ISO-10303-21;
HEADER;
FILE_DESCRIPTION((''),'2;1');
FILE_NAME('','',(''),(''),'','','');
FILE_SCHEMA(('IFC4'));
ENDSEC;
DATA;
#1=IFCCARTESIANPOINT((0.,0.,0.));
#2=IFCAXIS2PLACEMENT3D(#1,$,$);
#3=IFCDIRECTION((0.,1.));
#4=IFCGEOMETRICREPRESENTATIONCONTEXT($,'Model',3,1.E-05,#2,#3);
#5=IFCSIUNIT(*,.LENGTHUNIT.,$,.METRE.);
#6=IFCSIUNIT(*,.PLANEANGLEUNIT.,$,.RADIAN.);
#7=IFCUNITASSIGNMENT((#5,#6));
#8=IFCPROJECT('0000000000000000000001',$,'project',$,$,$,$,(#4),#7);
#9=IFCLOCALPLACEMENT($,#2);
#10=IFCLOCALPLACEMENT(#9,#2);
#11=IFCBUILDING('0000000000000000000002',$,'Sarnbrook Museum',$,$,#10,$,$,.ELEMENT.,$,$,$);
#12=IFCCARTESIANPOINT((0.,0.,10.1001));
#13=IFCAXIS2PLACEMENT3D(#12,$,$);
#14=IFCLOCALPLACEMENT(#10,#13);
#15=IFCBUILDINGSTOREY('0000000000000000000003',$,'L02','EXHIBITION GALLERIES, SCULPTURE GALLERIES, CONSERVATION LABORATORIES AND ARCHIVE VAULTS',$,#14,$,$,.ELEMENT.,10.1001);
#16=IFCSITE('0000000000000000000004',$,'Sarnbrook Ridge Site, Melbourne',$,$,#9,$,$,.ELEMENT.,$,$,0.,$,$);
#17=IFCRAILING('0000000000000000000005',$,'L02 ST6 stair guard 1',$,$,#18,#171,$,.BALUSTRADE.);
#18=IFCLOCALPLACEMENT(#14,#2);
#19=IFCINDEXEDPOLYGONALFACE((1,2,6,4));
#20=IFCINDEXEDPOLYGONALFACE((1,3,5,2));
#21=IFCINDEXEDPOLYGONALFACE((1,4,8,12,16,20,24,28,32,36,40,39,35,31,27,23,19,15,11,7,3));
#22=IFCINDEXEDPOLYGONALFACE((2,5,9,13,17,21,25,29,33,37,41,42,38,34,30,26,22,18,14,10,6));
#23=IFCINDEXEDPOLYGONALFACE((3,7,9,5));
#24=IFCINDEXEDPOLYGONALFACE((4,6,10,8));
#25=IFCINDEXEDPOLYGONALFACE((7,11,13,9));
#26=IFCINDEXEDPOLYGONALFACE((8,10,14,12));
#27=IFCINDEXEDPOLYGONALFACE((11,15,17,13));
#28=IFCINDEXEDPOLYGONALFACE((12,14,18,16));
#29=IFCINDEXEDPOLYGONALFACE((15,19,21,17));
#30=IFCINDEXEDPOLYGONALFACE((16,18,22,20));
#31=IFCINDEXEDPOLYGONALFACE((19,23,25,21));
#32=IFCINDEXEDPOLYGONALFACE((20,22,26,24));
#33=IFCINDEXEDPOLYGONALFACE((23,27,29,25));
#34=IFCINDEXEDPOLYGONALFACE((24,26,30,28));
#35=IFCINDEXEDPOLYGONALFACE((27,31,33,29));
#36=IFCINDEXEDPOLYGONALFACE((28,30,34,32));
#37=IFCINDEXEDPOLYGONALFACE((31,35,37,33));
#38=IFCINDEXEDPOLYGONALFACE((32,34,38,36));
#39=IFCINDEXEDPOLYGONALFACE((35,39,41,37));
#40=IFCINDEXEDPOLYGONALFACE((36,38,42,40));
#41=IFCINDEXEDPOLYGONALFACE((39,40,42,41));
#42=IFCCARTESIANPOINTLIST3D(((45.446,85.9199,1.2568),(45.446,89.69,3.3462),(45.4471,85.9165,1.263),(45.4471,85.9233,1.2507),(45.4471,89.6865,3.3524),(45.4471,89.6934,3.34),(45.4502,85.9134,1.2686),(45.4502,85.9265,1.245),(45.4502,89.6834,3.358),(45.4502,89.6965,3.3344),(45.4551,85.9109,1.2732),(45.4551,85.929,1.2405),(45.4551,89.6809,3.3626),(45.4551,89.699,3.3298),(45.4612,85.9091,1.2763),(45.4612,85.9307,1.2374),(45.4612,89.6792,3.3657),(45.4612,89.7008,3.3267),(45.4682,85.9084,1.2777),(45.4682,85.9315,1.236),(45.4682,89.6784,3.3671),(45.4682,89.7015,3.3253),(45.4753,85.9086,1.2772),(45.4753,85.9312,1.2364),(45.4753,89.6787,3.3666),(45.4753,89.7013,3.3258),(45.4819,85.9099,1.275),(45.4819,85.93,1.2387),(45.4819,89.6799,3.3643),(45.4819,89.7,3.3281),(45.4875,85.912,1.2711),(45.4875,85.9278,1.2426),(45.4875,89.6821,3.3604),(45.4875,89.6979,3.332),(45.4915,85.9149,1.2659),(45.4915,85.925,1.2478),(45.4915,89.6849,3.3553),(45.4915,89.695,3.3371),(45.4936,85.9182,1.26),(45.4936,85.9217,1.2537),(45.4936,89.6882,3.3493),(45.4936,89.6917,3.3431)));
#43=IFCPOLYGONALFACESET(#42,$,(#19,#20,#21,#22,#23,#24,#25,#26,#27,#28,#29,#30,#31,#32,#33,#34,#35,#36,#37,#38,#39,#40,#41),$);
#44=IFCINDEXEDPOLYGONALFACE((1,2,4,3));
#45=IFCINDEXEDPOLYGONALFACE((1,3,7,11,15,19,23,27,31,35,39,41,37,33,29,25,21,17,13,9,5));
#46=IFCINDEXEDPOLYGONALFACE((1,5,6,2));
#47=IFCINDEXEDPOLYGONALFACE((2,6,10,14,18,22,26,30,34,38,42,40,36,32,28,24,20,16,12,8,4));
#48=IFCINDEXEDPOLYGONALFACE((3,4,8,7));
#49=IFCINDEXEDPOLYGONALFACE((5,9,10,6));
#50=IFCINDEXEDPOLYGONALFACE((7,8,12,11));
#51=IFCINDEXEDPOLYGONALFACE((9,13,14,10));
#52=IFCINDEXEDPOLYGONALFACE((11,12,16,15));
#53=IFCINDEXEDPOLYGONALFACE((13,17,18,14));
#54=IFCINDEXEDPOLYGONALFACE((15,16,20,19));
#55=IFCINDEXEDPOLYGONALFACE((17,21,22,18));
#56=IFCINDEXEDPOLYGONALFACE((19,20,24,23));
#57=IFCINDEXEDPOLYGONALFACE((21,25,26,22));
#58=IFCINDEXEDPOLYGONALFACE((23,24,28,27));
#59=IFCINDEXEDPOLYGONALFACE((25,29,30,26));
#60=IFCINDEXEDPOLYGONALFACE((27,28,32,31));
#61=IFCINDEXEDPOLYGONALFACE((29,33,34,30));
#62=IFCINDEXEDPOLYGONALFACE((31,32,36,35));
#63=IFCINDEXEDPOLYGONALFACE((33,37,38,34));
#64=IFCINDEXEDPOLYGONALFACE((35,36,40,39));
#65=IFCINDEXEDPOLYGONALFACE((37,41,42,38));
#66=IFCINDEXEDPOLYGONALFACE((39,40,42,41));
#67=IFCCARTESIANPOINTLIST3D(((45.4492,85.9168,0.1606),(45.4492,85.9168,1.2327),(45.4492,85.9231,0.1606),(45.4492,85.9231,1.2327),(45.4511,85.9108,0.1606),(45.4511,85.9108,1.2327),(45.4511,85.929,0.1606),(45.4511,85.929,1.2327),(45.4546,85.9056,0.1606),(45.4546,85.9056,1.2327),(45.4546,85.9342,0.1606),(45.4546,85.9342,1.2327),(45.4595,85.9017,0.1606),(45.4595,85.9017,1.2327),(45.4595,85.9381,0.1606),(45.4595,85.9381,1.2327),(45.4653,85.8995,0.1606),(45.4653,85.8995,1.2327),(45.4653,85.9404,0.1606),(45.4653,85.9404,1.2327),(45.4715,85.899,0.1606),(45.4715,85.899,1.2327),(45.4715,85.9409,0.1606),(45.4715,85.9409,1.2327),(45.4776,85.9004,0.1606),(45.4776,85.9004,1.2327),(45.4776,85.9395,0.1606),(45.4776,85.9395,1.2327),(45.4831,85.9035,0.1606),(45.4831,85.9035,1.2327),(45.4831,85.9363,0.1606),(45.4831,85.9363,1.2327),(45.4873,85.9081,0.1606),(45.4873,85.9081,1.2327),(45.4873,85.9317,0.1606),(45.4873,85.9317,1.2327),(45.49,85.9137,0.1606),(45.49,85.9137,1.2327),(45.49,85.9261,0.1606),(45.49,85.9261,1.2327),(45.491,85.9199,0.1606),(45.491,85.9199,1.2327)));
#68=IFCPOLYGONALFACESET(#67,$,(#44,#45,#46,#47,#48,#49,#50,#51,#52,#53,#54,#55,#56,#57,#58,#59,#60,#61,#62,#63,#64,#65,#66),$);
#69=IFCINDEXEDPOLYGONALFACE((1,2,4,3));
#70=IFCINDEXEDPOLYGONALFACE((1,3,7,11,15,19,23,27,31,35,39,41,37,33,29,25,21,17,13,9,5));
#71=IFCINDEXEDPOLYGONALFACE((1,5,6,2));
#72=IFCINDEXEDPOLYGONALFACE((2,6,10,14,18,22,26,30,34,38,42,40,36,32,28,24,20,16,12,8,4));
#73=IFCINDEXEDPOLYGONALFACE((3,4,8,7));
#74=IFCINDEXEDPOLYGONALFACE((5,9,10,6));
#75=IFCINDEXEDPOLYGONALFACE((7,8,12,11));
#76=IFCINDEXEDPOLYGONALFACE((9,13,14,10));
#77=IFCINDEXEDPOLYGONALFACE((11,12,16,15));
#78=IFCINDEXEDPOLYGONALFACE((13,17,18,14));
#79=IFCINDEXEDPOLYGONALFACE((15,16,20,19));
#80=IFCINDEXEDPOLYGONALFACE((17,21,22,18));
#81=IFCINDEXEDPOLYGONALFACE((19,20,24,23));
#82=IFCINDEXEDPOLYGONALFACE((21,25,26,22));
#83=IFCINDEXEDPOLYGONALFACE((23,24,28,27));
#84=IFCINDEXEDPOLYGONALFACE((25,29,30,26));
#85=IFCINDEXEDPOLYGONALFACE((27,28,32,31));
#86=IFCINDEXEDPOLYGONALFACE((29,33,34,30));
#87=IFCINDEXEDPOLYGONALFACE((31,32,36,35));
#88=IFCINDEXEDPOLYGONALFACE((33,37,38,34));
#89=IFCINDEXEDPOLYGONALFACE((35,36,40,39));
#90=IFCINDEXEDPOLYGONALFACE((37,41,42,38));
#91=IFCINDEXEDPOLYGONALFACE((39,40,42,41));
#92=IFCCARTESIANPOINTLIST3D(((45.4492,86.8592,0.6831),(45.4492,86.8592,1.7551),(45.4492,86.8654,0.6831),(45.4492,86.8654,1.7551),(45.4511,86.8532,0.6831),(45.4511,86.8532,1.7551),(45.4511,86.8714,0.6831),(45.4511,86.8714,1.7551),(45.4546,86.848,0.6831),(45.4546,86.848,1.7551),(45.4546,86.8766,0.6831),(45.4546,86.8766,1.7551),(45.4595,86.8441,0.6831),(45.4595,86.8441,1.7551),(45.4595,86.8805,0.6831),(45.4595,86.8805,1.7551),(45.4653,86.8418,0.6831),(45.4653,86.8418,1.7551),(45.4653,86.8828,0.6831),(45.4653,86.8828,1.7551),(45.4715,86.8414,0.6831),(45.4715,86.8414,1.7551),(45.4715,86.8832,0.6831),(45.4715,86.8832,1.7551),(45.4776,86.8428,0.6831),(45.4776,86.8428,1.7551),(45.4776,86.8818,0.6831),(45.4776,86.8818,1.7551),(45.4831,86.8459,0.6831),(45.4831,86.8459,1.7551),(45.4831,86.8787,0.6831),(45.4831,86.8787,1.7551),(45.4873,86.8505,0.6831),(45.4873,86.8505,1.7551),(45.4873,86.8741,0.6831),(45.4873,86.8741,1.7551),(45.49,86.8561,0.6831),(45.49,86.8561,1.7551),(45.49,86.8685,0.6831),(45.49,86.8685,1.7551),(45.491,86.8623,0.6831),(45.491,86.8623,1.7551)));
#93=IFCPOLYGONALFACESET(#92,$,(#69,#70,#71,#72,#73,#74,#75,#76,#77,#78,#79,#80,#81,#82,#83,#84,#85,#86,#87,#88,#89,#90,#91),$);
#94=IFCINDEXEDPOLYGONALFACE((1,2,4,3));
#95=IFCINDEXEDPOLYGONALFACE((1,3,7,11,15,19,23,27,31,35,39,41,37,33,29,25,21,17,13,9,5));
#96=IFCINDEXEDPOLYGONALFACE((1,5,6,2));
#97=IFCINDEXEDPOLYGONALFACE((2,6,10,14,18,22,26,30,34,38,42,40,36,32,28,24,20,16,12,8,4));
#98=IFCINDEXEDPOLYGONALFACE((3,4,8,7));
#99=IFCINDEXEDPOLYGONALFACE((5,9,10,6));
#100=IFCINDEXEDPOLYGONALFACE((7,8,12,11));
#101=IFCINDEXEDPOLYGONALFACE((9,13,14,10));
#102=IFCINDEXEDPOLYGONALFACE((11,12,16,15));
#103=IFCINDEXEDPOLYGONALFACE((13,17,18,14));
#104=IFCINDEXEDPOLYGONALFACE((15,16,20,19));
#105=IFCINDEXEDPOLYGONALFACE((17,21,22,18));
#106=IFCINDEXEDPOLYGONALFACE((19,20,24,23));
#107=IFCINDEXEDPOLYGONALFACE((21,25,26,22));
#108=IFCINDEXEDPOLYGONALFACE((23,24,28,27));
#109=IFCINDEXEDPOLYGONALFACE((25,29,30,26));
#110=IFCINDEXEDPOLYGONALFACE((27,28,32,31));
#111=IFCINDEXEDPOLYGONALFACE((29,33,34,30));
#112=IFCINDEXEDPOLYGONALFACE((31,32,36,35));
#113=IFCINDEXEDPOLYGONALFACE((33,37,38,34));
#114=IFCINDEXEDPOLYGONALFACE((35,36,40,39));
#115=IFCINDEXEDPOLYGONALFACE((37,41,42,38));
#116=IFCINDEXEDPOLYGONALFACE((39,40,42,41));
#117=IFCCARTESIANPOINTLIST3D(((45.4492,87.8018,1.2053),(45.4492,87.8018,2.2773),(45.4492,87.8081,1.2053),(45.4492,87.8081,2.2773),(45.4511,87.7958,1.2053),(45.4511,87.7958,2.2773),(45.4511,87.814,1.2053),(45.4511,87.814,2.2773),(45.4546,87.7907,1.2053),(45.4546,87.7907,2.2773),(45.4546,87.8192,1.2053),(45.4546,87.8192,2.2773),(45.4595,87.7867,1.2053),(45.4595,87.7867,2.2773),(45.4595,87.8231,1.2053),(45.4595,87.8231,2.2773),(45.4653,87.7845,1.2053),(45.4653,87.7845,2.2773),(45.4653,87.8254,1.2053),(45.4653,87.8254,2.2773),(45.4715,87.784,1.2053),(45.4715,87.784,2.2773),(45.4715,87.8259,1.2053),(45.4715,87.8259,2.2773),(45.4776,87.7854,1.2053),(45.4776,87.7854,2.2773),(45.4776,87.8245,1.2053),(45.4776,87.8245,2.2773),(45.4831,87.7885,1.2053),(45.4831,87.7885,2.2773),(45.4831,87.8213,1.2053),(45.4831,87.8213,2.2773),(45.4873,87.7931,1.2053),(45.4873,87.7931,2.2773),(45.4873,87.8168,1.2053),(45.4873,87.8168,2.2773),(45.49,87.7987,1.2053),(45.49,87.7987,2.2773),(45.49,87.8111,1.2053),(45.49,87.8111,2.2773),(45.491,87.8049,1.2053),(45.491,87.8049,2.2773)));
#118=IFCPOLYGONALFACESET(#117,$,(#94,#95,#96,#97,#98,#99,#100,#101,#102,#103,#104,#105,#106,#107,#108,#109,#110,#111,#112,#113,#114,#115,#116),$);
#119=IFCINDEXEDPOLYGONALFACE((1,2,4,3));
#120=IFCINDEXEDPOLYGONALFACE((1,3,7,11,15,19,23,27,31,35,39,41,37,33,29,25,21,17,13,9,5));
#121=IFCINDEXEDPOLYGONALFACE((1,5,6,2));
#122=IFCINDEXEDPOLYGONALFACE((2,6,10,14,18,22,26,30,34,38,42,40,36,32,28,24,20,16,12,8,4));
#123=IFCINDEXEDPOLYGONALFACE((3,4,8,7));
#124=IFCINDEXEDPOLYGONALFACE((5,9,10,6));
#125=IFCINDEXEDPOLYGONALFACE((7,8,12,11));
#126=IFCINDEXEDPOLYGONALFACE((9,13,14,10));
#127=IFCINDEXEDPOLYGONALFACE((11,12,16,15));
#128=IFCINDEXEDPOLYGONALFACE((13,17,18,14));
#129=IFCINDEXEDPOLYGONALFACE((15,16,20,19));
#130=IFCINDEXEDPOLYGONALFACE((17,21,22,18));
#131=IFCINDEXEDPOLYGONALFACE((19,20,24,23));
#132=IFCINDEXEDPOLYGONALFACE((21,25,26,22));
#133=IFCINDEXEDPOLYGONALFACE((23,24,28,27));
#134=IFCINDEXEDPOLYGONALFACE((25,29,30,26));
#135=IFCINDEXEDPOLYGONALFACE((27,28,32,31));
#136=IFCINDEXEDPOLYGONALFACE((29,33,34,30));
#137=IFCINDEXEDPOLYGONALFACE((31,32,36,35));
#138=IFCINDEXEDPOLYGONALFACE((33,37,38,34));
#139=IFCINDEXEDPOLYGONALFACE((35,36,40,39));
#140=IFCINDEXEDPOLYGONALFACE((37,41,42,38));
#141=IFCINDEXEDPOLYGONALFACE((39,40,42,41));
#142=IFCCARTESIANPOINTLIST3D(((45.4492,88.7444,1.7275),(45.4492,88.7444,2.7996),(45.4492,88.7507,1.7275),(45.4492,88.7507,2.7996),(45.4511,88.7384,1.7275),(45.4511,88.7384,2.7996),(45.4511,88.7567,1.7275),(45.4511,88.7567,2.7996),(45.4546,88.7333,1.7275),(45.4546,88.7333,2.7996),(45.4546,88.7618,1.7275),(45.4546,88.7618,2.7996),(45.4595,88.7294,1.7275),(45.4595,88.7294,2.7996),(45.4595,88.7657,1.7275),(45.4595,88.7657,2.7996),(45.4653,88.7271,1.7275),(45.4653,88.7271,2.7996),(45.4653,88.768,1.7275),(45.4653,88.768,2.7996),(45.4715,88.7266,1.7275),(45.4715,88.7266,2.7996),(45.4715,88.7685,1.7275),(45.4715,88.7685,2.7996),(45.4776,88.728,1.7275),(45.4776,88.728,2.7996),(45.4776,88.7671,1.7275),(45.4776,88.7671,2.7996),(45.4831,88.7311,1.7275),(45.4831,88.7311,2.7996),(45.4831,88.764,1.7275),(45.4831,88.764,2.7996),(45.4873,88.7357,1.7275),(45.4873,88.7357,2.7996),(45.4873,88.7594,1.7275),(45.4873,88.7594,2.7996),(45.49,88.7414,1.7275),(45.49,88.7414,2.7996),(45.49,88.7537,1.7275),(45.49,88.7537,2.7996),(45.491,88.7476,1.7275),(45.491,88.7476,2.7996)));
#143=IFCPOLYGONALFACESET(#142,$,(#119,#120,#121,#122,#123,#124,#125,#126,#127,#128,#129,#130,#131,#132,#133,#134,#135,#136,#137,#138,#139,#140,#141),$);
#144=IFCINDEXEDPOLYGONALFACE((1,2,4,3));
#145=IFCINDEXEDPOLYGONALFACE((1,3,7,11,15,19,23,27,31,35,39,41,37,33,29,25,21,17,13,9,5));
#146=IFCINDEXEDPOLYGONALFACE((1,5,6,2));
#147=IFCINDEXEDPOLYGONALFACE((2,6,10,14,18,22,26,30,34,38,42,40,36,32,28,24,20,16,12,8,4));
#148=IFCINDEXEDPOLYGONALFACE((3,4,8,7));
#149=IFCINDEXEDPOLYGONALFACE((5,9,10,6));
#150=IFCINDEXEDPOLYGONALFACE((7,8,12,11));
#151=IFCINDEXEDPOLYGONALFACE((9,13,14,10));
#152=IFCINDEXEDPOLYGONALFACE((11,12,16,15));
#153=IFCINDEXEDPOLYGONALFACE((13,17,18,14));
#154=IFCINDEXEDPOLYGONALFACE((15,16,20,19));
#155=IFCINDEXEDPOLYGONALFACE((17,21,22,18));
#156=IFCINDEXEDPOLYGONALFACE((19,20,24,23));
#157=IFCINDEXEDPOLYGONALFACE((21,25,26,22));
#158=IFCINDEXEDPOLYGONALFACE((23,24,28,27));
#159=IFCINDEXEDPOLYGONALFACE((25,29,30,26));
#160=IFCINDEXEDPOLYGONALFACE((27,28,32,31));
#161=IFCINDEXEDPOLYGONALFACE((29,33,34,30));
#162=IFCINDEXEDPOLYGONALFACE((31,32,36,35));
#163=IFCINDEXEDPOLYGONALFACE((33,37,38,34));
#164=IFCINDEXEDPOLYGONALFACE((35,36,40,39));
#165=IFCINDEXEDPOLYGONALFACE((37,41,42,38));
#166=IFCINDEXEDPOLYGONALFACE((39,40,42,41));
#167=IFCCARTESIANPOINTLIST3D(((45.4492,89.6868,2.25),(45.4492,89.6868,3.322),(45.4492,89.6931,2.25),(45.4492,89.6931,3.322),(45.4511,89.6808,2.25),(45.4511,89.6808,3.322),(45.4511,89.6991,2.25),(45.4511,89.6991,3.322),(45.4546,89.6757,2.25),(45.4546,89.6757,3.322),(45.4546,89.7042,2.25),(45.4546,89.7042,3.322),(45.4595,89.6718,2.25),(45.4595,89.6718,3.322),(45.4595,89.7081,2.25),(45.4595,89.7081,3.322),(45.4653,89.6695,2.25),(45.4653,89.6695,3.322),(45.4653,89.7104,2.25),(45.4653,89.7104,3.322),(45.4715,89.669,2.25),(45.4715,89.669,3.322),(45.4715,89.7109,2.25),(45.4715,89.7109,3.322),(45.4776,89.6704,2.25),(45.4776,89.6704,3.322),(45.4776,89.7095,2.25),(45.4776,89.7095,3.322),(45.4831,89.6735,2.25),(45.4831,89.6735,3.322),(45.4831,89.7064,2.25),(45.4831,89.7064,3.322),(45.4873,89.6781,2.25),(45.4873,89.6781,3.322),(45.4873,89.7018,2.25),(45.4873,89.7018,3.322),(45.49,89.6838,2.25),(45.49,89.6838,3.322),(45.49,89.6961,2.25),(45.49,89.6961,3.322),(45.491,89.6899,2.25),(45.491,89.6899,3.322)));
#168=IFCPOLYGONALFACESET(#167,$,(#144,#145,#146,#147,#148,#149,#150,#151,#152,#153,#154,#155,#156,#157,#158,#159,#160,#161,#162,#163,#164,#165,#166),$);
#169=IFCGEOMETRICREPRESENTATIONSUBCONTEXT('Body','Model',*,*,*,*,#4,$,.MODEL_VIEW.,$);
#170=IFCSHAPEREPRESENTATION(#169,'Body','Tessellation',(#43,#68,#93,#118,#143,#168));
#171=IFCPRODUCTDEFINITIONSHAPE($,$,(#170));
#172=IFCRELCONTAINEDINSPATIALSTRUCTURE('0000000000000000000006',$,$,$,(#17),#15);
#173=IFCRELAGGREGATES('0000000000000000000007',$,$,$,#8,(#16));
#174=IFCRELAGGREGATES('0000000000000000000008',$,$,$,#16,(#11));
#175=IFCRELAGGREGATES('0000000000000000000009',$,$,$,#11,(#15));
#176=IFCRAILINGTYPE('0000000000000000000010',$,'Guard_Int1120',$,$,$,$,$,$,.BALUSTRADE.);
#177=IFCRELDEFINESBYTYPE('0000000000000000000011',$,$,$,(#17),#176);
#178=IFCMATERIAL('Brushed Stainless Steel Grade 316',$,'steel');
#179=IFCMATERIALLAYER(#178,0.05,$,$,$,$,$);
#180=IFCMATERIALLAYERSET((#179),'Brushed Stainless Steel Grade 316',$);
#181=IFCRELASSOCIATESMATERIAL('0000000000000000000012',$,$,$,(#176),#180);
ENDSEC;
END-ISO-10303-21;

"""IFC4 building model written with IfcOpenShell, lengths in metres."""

from ifc_helpers import new_model, si_unit, direction, frame, origin, origin_2d, place, context, subcontext, project, spatial, circle, extrude, material, layer, layer_set, type_object, element, save


model = new_model("IFC4")

# Units and contexts
model_context = context("Model", 3, precision=1e-05, world=origin(), true_north=direction((0.0, 1.0)))
body_context = subcontext(model_context, "Body", "Model", "MODEL_VIEW")
ifc_project = project(units=[si_unit("LENGTHUNIT", "METRE"), si_unit("PLANEANGLEUNIT", "RADIAN")], contexts=[model_context])

# Site, building, storey
site_placement = place(None, origin())
site = spatial("IfcSite", under=ifc_project, at=site_placement, Name="Sarnbrook Ridge Site, Melbourne", CompositionType="ELEMENT", RefElevation=0.0)
building_placement = place(site_placement, origin())
building = spatial("IfcBuilding", under=site, at=building_placement, Name="Sarnbrook Museum", CompositionType="ELEMENT")
storey_placement = place(building_placement, frame((0.0, 0.0, 10.1001)))
storey = spatial("IfcBuildingStorey", under=building, at=storey_placement, Name="L02", Description="EXHIBITION GALLERIES, SCULPTURE GALLERIES, CONSERVATION LABORATORIES AND ARCHIVE VAULTS", CompositionType="ELEMENT", Elevation=10.1001)

# Railing
ifc_material_1 = material(Name="Brushed Stainless Steel Grade 316", Category="steel")
ifc_layer_1 = layer(ifc_material_1, 0.05)
ifc_layer_set_1 = layer_set([ifc_layer_1], Name="Brushed Stainless Steel Grade 316")
railing_type_1 = type_object("IfcRailingType", Name="Guard_Int1120", PredefinedType="BALUSTRADE", material=ifc_layer_set_1)
railing_1_placement = place(storey_placement, frame((45.47, 85.9199, 0.1606)))
element("IfcRailing", 1, at=railing_1_placement, inside=storey, type_object=railing_type_1, Name="L02 ST6 stair guard 1", PredefinedType="BALUSTRADE", context=body_context, shape_type="SweptSolid", body=[
    extrude(circle(Radius=0.0239, at=origin_2d()), frame((0.0, 0.0, 1.0962), z_axis=(0.0, 0.874659, 0.484739), x_axis=(-1.0, 0.0, 0.0)), (0.0, 0.0, 1.0), 4.3103),
    extrude(circle(Radius=0.021, at=origin_2d()), origin(), (0.0, 0.0, 1.0), 1.072),
    extrude(circle(Radius=0.021, at=origin_2d()), frame((0.0, 0.9424, 0.5225)), (0.0, 0.0, 1.0), 1.072),
    extrude(circle(Radius=0.021, at=origin_2d()), frame((0.0, 1.885, 1.0447)), (0.0, 0.0, 1.0), 1.072),
    extrude(circle(Radius=0.021, at=origin_2d()), frame((0.0, 2.8276, 1.5669)), (0.0, 0.0, 1.0), 1.072),
    extrude(circle(Radius=0.021, at=origin_2d()), frame((0.0, 3.77, 2.0894)), (0.0, 0.0, 1.0), 1.072),
])

save(model, "model.ifc")
